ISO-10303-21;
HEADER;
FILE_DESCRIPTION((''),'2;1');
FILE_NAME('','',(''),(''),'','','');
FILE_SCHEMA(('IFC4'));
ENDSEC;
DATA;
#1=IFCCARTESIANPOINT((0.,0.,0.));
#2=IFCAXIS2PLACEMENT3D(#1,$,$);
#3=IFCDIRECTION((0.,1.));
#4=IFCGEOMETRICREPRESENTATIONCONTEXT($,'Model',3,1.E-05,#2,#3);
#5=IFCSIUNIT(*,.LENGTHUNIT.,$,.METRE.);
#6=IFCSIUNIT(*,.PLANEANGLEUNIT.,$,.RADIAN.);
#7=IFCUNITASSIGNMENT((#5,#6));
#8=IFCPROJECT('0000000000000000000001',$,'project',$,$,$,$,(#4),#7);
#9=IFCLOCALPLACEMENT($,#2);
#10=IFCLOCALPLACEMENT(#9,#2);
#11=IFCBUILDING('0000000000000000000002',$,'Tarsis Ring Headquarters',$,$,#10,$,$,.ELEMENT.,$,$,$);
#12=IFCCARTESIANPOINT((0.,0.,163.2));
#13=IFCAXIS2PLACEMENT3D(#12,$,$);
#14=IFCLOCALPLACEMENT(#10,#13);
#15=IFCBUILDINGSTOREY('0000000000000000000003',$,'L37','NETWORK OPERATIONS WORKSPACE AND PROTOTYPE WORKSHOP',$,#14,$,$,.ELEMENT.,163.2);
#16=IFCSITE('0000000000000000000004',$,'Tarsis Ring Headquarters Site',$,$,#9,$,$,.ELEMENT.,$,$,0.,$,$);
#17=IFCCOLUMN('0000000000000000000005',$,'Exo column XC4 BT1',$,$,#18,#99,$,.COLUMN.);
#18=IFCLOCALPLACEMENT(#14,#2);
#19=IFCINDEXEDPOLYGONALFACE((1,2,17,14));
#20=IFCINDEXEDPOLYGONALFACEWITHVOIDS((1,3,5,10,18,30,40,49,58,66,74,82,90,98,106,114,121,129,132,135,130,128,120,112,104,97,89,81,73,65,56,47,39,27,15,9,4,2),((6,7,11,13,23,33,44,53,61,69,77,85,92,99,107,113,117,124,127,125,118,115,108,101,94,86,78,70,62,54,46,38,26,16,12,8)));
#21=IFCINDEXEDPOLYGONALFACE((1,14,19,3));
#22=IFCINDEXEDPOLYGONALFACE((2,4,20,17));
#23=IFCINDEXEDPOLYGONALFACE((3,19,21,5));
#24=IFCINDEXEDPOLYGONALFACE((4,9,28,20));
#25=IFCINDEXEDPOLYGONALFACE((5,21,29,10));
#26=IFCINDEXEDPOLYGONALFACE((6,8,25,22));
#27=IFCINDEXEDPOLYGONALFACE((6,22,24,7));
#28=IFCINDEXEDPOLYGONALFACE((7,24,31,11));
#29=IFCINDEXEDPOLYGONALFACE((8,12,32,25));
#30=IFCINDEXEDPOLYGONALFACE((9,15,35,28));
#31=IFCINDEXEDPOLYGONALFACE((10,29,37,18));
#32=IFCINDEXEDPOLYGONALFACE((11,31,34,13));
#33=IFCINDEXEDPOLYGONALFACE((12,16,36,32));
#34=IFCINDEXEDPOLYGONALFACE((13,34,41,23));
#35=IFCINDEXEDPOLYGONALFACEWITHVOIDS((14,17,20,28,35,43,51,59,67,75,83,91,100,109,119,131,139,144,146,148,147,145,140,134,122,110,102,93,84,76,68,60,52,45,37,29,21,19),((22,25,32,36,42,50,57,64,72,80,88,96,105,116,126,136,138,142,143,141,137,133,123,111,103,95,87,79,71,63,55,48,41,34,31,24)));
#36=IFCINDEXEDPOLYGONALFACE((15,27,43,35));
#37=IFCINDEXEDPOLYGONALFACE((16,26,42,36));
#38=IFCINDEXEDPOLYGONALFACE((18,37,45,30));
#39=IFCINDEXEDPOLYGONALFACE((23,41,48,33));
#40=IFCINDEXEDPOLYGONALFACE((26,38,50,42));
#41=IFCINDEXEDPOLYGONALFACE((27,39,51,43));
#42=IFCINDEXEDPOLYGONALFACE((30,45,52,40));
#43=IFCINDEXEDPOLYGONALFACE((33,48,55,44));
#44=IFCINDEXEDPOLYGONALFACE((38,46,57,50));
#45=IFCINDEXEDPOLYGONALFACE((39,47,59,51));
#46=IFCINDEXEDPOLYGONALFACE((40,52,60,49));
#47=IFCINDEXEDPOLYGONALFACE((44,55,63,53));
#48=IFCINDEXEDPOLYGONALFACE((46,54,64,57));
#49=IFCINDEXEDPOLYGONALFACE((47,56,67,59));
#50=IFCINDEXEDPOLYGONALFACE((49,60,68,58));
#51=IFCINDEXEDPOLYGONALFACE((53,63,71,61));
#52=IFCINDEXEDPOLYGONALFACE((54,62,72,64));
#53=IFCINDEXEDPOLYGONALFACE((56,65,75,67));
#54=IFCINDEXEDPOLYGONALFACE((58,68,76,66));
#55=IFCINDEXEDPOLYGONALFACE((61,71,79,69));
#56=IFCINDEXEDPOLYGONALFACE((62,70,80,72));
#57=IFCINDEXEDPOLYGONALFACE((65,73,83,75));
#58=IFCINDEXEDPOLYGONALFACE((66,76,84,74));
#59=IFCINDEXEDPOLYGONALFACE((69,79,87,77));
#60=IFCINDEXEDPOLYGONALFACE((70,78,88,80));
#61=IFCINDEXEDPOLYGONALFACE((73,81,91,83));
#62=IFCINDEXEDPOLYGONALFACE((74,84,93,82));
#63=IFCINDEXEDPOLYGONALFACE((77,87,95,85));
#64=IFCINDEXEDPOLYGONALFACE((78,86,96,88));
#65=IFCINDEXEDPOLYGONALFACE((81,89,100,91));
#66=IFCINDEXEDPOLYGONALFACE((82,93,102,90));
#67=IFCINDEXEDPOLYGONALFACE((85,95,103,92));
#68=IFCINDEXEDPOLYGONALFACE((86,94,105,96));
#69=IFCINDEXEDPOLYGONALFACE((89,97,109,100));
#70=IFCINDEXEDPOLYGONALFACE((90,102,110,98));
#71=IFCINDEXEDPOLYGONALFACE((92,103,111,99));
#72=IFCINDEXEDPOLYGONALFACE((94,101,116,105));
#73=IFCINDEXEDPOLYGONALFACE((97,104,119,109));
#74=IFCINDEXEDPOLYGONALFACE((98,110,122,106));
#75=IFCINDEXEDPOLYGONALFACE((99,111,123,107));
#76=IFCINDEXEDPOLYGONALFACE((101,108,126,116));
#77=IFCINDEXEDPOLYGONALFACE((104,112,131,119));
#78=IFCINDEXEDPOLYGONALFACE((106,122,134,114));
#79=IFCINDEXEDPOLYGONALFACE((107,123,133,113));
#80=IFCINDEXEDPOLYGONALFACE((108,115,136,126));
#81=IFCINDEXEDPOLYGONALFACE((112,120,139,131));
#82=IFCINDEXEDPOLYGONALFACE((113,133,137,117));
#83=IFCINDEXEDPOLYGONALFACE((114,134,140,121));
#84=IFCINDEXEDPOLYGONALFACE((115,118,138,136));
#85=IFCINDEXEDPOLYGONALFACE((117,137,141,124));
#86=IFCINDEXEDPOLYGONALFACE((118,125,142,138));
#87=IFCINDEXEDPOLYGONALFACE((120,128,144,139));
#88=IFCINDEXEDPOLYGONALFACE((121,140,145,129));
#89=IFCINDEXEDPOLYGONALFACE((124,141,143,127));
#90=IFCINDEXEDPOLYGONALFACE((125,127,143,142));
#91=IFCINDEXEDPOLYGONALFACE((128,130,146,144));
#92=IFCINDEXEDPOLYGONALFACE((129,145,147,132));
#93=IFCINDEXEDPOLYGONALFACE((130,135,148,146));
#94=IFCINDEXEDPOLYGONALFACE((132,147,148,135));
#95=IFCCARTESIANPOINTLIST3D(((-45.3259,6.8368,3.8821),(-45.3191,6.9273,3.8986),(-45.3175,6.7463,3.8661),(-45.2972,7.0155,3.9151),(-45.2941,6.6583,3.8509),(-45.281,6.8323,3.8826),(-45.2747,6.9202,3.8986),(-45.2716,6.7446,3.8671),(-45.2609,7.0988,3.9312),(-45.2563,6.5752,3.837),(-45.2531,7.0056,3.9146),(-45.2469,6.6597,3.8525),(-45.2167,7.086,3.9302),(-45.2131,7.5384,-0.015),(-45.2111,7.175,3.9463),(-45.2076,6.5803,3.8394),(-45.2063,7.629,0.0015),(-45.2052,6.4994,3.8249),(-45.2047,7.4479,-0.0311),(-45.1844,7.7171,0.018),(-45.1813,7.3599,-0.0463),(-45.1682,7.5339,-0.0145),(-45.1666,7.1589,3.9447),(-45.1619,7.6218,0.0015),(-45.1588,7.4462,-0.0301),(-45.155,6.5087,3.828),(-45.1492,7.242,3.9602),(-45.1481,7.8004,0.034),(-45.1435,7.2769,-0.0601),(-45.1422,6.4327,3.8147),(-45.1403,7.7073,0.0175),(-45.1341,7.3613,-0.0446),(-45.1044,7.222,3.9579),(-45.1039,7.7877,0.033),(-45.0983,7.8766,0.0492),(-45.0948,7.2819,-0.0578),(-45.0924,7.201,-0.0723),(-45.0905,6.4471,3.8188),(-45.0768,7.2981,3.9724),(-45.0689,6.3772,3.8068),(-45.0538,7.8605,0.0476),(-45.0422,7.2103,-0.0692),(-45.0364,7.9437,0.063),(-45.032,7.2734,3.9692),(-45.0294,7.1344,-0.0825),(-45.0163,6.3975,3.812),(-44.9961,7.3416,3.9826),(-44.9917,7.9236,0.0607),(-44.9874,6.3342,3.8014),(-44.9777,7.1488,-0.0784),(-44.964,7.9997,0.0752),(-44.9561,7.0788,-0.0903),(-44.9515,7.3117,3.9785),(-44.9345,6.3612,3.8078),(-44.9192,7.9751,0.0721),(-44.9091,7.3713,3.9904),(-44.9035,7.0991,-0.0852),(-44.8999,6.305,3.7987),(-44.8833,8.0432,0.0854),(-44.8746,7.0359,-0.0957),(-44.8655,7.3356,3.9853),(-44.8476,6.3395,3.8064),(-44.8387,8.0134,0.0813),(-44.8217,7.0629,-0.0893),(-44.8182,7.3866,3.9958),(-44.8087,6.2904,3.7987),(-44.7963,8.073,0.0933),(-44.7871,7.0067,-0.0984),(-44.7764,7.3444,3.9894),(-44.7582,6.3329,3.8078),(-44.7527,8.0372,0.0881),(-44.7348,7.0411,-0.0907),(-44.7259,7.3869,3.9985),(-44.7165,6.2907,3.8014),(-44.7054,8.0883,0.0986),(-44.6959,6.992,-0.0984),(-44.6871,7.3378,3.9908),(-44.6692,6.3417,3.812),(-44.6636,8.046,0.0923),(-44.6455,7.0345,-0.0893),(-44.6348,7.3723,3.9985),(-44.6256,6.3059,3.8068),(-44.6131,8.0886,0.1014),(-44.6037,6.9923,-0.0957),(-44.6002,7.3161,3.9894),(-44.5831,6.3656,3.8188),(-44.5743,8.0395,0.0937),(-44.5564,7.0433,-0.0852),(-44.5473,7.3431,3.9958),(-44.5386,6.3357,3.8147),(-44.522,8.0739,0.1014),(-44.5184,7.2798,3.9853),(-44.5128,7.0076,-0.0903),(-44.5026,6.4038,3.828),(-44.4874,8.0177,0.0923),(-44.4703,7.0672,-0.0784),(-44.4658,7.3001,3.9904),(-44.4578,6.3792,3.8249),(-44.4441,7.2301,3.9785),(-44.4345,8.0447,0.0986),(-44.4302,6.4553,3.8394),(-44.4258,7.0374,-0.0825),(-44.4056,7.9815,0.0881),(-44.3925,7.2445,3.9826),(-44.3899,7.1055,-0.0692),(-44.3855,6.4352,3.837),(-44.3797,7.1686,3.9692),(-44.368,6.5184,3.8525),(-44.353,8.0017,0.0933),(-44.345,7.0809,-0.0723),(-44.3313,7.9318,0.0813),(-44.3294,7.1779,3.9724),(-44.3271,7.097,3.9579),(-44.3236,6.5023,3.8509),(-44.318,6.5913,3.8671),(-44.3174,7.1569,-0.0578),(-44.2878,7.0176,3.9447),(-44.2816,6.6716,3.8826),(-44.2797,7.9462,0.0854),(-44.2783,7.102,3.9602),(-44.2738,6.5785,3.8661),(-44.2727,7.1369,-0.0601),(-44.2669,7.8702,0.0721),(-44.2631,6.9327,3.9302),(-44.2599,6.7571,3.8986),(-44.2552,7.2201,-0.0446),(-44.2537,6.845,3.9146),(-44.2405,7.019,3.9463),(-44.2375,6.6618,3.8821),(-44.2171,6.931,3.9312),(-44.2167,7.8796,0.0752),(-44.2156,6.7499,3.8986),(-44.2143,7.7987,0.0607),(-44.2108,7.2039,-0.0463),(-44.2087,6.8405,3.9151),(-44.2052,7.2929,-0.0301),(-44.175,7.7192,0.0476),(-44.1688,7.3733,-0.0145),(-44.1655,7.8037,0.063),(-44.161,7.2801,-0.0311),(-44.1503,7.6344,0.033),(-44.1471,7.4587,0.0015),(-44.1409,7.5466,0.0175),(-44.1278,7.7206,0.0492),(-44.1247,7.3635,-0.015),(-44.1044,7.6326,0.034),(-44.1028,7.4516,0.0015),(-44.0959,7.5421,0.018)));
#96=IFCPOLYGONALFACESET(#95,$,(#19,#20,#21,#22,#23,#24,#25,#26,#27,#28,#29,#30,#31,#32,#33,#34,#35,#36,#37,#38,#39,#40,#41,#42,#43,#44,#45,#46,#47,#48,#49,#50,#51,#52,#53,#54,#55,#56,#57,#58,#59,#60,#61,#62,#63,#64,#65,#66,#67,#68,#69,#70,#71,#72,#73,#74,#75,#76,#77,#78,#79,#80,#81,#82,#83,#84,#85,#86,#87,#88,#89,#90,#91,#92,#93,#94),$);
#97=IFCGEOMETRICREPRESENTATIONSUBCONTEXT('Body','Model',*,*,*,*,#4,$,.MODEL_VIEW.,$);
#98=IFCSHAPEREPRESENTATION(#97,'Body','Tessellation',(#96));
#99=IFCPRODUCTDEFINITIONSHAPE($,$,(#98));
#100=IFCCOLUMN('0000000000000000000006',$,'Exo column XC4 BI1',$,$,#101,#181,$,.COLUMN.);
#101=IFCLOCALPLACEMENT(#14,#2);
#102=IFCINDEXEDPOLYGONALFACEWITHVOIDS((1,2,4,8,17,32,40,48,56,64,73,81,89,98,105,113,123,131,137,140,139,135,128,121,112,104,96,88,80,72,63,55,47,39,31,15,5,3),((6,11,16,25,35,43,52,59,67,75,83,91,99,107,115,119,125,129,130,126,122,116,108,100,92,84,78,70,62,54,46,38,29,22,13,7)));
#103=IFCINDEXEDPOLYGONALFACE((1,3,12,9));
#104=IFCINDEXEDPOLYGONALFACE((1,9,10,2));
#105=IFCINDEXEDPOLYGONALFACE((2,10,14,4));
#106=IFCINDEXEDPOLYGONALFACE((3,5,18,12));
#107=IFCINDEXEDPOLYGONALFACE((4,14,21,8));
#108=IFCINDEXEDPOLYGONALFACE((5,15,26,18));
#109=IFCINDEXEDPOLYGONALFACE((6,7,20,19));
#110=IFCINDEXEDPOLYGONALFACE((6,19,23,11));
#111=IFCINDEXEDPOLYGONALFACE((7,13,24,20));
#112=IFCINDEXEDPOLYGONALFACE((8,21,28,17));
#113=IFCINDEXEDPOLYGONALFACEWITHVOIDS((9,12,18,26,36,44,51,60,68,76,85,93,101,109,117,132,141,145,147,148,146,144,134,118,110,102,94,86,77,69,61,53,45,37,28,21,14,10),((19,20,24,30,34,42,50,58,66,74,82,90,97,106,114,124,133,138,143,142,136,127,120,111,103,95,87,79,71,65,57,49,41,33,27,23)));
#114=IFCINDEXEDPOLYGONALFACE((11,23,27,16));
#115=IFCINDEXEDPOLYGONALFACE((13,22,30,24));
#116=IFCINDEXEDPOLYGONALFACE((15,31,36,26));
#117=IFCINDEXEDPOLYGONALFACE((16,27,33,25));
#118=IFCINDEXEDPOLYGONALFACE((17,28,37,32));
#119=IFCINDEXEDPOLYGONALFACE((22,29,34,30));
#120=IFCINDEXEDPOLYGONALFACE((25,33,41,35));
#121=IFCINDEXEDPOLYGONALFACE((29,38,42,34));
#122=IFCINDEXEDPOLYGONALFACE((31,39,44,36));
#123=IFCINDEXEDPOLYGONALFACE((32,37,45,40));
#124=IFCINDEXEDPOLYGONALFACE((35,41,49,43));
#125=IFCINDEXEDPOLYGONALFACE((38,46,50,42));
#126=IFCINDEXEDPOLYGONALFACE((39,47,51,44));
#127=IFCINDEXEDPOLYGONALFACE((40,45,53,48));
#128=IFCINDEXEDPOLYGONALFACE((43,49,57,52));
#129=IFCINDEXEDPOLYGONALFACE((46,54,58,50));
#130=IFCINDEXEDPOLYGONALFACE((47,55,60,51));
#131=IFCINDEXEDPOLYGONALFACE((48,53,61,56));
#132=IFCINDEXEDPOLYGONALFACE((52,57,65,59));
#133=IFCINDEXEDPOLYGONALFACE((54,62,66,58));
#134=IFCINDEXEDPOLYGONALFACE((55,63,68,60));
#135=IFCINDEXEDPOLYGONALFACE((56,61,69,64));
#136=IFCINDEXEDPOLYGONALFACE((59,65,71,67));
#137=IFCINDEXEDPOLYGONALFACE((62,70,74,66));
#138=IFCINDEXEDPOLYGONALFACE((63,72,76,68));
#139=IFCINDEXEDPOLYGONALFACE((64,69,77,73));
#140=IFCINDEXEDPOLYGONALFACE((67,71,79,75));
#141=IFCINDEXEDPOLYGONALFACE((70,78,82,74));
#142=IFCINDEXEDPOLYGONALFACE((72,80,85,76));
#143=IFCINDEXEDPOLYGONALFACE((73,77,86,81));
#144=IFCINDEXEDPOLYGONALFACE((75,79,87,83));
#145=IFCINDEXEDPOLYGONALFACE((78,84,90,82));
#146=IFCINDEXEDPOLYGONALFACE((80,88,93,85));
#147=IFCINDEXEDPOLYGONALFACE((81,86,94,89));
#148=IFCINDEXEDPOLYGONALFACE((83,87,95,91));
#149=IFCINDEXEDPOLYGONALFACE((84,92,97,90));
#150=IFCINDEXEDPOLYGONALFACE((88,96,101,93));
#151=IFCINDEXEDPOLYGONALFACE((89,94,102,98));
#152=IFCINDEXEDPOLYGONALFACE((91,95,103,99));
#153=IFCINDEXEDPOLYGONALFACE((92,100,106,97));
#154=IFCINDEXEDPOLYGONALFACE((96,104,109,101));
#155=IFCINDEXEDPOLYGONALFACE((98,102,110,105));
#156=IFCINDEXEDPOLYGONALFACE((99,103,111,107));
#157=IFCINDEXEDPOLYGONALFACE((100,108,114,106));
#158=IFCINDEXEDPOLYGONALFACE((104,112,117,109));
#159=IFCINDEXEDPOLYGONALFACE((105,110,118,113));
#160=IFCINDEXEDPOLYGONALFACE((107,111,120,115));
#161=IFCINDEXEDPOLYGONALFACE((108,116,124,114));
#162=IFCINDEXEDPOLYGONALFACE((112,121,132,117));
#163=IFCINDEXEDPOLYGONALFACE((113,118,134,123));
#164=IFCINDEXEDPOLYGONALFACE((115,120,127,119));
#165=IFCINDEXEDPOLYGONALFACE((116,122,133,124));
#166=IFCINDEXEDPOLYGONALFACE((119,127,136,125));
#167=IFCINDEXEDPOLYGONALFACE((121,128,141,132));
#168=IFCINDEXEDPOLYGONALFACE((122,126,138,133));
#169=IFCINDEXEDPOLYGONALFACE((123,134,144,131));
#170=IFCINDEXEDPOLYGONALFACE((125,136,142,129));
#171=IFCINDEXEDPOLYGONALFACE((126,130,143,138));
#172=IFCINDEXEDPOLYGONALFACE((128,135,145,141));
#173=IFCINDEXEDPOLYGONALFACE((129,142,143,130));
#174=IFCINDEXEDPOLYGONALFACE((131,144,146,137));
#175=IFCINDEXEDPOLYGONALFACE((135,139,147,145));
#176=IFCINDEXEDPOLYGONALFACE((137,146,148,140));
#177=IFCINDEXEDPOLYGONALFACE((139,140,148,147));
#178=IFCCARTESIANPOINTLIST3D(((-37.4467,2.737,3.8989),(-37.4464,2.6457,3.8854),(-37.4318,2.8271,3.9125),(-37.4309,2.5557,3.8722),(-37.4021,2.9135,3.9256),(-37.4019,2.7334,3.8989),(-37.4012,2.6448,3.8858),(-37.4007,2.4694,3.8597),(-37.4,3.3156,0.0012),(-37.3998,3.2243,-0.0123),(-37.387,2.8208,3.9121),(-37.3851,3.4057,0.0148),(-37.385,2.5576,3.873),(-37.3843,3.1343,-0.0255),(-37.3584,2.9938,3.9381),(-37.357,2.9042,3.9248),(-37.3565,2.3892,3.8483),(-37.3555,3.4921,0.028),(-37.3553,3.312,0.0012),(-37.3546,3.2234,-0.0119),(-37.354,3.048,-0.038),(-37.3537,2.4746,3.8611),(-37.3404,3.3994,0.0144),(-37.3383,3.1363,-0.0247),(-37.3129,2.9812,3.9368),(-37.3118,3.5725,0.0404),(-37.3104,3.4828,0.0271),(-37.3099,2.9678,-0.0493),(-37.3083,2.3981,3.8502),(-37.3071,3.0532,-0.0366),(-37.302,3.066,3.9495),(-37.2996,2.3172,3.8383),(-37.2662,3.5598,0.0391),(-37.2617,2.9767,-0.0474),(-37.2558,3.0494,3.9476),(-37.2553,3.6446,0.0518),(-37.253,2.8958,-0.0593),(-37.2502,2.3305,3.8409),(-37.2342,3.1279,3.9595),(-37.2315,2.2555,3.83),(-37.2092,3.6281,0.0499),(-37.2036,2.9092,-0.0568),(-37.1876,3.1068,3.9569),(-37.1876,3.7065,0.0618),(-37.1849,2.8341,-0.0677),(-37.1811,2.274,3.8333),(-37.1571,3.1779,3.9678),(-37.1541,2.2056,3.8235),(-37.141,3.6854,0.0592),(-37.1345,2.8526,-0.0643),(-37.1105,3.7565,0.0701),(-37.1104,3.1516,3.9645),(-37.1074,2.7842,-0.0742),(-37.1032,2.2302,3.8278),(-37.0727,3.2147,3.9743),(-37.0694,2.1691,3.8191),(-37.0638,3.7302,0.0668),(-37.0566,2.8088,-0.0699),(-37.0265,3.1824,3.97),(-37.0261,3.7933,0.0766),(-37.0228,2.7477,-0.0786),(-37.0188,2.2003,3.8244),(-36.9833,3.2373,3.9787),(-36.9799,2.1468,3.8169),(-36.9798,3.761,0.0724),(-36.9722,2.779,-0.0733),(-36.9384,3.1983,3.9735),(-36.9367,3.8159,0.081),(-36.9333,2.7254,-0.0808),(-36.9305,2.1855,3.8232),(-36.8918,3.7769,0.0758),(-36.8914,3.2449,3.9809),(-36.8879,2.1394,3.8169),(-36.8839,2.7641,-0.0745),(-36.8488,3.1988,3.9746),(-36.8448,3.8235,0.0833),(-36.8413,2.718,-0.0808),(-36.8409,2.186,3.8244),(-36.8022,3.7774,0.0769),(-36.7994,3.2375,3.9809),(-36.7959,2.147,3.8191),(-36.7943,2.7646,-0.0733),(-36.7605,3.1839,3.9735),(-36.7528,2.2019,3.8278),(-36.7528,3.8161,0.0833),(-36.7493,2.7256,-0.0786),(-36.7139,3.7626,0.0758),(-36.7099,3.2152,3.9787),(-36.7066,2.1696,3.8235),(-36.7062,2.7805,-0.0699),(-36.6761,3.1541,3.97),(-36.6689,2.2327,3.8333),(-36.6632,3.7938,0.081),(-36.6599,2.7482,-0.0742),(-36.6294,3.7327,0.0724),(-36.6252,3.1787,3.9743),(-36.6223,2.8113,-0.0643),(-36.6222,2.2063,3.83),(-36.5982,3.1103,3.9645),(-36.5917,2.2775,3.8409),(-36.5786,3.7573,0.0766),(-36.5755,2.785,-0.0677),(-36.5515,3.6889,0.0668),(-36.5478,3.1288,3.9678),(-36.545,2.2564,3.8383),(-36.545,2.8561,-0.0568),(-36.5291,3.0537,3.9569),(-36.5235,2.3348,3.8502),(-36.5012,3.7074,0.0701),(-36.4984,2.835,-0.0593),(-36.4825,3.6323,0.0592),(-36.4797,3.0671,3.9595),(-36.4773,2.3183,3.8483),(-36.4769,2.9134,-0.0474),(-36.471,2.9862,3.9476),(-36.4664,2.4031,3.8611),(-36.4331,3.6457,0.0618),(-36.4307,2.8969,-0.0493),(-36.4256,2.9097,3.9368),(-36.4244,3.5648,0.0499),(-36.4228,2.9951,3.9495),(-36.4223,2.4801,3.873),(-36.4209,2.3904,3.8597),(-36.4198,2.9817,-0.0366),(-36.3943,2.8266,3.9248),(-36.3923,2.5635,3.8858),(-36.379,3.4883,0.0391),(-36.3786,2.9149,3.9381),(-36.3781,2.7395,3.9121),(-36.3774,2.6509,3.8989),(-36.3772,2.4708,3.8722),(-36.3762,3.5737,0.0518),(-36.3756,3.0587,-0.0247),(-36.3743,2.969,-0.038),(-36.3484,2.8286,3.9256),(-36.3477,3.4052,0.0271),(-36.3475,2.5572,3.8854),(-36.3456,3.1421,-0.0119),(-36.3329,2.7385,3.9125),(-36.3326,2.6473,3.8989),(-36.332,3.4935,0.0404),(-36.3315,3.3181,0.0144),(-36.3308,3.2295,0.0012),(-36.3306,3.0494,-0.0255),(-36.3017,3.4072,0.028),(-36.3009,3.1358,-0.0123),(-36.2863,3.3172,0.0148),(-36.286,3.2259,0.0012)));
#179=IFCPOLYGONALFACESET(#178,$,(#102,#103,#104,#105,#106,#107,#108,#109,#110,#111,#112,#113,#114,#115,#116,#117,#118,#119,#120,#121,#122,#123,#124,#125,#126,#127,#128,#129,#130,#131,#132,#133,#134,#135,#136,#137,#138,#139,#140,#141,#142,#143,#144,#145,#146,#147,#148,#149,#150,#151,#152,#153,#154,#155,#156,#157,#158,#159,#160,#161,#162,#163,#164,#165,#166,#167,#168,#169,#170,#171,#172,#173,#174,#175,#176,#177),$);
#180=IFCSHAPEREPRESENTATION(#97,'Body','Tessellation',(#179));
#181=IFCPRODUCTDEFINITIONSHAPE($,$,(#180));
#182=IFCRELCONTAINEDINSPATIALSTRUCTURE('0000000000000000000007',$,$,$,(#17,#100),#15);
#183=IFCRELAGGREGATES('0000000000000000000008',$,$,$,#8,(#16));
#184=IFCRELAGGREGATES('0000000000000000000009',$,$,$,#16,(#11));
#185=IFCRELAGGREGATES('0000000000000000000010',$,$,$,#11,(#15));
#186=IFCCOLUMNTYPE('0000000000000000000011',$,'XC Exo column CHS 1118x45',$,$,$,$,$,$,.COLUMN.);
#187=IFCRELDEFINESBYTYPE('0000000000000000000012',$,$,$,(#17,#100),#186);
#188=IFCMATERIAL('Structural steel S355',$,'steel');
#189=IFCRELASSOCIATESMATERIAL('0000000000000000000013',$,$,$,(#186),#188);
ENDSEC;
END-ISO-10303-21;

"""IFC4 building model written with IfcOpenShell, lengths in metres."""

from ifc_helpers import new_model, si_unit, direction, frame, origin, origin_2d, place, context, subcontext, project, spatial, hollow_circle, extrude, material, material_profile, profile_set, type_object, element, save


model = new_model("IFC4")

# Units and contexts
model_context = context("Model", 3, precision=1e-05, world=origin(), true_north=direction((0.0, 1.0)))
body_context = subcontext(model_context, "Body", "Model", "MODEL_VIEW")
ifc_project = project(units=[si_unit("LENGTHUNIT", "METRE"), si_unit("PLANEANGLEUNIT", "RADIAN")], contexts=[model_context])

# Site, building, storey
site_placement = place(None, origin())
site = spatial("IfcSite", under=ifc_project, at=site_placement, Name="Tarsis Ring Headquarters Site", CompositionType="ELEMENT", RefElevation=0.0)
building_placement = place(site_placement, origin())
building = spatial("IfcBuilding", under=site, at=building_placement, Name="Tarsis Ring Headquarters", CompositionType="ELEMENT")
storey_placement = place(building_placement, frame((0.0, 0.0, 163.2)))
storey = spatial("IfcBuildingStorey", under=building, at=storey_placement, Name="L37", Description="NETWORK OPERATIONS WORKSPACE AND PROTOTYPE WORKSHOP", CompositionType="ELEMENT", Elevation=163.2)

# Columns
ifc_material_1 = material(Name="Structural steel S355", Category="steel")
ifc_material_profile_1 = material_profile(ifc_material_1, hollow_circle(Radius=0.5588, WallThickness=0.0449, at=origin_2d()), Name="CHS 1118x45")
ifc_profile_set_1 = profile_set([ifc_material_profile_1], Name="Structural steel S355")
column_type = type_object("IfcColumnType", Name="XC Exo column CHS 1118x45", PredefinedType="COLUMN", material=ifc_profile_set_1)
column_1_placement = place(storey_placement, frame((-44.6545, 7.5403, 0.0015), z_axis=(-0.028472, -0.177121, 0.983777), x_axis=(0.987325, -0.158714, 0.0)))
element("IfcColumn", 1, at=column_1_placement, inside=storey, type_object=column_type, Name="Exo column XC4 BT1", PredefinedType="COLUMN", context=body_context, shape_type="SweptSolid", body=[
    extrude(hollow_circle(Radius=0.5588, WallThickness=0.0449, at=origin_2d()), origin(), (0.0, 0.0, 1.0), 3.9614),
])
column_2_placement = place(storey_placement, frame((-36.843, 3.2708, 0.0012), z_axis=(-0.011833, -0.14683, 0.989091), x_axis=(0.996768, -0.08033, 0.0)))
element("IfcColumn", 2, at=column_2_placement, inside=storey, type_object=column_type, Name="Exo column XC4 BI1", PredefinedType="COLUMN", context=body_context, shape_type="SweptSolid", body=[
    extrude(hollow_circle(Radius=0.5588, WallThickness=0.0449, at=origin_2d()), origin(), (0.0, 0.0, 1.0), 3.9407),
])

save(model, "model.ifc")
